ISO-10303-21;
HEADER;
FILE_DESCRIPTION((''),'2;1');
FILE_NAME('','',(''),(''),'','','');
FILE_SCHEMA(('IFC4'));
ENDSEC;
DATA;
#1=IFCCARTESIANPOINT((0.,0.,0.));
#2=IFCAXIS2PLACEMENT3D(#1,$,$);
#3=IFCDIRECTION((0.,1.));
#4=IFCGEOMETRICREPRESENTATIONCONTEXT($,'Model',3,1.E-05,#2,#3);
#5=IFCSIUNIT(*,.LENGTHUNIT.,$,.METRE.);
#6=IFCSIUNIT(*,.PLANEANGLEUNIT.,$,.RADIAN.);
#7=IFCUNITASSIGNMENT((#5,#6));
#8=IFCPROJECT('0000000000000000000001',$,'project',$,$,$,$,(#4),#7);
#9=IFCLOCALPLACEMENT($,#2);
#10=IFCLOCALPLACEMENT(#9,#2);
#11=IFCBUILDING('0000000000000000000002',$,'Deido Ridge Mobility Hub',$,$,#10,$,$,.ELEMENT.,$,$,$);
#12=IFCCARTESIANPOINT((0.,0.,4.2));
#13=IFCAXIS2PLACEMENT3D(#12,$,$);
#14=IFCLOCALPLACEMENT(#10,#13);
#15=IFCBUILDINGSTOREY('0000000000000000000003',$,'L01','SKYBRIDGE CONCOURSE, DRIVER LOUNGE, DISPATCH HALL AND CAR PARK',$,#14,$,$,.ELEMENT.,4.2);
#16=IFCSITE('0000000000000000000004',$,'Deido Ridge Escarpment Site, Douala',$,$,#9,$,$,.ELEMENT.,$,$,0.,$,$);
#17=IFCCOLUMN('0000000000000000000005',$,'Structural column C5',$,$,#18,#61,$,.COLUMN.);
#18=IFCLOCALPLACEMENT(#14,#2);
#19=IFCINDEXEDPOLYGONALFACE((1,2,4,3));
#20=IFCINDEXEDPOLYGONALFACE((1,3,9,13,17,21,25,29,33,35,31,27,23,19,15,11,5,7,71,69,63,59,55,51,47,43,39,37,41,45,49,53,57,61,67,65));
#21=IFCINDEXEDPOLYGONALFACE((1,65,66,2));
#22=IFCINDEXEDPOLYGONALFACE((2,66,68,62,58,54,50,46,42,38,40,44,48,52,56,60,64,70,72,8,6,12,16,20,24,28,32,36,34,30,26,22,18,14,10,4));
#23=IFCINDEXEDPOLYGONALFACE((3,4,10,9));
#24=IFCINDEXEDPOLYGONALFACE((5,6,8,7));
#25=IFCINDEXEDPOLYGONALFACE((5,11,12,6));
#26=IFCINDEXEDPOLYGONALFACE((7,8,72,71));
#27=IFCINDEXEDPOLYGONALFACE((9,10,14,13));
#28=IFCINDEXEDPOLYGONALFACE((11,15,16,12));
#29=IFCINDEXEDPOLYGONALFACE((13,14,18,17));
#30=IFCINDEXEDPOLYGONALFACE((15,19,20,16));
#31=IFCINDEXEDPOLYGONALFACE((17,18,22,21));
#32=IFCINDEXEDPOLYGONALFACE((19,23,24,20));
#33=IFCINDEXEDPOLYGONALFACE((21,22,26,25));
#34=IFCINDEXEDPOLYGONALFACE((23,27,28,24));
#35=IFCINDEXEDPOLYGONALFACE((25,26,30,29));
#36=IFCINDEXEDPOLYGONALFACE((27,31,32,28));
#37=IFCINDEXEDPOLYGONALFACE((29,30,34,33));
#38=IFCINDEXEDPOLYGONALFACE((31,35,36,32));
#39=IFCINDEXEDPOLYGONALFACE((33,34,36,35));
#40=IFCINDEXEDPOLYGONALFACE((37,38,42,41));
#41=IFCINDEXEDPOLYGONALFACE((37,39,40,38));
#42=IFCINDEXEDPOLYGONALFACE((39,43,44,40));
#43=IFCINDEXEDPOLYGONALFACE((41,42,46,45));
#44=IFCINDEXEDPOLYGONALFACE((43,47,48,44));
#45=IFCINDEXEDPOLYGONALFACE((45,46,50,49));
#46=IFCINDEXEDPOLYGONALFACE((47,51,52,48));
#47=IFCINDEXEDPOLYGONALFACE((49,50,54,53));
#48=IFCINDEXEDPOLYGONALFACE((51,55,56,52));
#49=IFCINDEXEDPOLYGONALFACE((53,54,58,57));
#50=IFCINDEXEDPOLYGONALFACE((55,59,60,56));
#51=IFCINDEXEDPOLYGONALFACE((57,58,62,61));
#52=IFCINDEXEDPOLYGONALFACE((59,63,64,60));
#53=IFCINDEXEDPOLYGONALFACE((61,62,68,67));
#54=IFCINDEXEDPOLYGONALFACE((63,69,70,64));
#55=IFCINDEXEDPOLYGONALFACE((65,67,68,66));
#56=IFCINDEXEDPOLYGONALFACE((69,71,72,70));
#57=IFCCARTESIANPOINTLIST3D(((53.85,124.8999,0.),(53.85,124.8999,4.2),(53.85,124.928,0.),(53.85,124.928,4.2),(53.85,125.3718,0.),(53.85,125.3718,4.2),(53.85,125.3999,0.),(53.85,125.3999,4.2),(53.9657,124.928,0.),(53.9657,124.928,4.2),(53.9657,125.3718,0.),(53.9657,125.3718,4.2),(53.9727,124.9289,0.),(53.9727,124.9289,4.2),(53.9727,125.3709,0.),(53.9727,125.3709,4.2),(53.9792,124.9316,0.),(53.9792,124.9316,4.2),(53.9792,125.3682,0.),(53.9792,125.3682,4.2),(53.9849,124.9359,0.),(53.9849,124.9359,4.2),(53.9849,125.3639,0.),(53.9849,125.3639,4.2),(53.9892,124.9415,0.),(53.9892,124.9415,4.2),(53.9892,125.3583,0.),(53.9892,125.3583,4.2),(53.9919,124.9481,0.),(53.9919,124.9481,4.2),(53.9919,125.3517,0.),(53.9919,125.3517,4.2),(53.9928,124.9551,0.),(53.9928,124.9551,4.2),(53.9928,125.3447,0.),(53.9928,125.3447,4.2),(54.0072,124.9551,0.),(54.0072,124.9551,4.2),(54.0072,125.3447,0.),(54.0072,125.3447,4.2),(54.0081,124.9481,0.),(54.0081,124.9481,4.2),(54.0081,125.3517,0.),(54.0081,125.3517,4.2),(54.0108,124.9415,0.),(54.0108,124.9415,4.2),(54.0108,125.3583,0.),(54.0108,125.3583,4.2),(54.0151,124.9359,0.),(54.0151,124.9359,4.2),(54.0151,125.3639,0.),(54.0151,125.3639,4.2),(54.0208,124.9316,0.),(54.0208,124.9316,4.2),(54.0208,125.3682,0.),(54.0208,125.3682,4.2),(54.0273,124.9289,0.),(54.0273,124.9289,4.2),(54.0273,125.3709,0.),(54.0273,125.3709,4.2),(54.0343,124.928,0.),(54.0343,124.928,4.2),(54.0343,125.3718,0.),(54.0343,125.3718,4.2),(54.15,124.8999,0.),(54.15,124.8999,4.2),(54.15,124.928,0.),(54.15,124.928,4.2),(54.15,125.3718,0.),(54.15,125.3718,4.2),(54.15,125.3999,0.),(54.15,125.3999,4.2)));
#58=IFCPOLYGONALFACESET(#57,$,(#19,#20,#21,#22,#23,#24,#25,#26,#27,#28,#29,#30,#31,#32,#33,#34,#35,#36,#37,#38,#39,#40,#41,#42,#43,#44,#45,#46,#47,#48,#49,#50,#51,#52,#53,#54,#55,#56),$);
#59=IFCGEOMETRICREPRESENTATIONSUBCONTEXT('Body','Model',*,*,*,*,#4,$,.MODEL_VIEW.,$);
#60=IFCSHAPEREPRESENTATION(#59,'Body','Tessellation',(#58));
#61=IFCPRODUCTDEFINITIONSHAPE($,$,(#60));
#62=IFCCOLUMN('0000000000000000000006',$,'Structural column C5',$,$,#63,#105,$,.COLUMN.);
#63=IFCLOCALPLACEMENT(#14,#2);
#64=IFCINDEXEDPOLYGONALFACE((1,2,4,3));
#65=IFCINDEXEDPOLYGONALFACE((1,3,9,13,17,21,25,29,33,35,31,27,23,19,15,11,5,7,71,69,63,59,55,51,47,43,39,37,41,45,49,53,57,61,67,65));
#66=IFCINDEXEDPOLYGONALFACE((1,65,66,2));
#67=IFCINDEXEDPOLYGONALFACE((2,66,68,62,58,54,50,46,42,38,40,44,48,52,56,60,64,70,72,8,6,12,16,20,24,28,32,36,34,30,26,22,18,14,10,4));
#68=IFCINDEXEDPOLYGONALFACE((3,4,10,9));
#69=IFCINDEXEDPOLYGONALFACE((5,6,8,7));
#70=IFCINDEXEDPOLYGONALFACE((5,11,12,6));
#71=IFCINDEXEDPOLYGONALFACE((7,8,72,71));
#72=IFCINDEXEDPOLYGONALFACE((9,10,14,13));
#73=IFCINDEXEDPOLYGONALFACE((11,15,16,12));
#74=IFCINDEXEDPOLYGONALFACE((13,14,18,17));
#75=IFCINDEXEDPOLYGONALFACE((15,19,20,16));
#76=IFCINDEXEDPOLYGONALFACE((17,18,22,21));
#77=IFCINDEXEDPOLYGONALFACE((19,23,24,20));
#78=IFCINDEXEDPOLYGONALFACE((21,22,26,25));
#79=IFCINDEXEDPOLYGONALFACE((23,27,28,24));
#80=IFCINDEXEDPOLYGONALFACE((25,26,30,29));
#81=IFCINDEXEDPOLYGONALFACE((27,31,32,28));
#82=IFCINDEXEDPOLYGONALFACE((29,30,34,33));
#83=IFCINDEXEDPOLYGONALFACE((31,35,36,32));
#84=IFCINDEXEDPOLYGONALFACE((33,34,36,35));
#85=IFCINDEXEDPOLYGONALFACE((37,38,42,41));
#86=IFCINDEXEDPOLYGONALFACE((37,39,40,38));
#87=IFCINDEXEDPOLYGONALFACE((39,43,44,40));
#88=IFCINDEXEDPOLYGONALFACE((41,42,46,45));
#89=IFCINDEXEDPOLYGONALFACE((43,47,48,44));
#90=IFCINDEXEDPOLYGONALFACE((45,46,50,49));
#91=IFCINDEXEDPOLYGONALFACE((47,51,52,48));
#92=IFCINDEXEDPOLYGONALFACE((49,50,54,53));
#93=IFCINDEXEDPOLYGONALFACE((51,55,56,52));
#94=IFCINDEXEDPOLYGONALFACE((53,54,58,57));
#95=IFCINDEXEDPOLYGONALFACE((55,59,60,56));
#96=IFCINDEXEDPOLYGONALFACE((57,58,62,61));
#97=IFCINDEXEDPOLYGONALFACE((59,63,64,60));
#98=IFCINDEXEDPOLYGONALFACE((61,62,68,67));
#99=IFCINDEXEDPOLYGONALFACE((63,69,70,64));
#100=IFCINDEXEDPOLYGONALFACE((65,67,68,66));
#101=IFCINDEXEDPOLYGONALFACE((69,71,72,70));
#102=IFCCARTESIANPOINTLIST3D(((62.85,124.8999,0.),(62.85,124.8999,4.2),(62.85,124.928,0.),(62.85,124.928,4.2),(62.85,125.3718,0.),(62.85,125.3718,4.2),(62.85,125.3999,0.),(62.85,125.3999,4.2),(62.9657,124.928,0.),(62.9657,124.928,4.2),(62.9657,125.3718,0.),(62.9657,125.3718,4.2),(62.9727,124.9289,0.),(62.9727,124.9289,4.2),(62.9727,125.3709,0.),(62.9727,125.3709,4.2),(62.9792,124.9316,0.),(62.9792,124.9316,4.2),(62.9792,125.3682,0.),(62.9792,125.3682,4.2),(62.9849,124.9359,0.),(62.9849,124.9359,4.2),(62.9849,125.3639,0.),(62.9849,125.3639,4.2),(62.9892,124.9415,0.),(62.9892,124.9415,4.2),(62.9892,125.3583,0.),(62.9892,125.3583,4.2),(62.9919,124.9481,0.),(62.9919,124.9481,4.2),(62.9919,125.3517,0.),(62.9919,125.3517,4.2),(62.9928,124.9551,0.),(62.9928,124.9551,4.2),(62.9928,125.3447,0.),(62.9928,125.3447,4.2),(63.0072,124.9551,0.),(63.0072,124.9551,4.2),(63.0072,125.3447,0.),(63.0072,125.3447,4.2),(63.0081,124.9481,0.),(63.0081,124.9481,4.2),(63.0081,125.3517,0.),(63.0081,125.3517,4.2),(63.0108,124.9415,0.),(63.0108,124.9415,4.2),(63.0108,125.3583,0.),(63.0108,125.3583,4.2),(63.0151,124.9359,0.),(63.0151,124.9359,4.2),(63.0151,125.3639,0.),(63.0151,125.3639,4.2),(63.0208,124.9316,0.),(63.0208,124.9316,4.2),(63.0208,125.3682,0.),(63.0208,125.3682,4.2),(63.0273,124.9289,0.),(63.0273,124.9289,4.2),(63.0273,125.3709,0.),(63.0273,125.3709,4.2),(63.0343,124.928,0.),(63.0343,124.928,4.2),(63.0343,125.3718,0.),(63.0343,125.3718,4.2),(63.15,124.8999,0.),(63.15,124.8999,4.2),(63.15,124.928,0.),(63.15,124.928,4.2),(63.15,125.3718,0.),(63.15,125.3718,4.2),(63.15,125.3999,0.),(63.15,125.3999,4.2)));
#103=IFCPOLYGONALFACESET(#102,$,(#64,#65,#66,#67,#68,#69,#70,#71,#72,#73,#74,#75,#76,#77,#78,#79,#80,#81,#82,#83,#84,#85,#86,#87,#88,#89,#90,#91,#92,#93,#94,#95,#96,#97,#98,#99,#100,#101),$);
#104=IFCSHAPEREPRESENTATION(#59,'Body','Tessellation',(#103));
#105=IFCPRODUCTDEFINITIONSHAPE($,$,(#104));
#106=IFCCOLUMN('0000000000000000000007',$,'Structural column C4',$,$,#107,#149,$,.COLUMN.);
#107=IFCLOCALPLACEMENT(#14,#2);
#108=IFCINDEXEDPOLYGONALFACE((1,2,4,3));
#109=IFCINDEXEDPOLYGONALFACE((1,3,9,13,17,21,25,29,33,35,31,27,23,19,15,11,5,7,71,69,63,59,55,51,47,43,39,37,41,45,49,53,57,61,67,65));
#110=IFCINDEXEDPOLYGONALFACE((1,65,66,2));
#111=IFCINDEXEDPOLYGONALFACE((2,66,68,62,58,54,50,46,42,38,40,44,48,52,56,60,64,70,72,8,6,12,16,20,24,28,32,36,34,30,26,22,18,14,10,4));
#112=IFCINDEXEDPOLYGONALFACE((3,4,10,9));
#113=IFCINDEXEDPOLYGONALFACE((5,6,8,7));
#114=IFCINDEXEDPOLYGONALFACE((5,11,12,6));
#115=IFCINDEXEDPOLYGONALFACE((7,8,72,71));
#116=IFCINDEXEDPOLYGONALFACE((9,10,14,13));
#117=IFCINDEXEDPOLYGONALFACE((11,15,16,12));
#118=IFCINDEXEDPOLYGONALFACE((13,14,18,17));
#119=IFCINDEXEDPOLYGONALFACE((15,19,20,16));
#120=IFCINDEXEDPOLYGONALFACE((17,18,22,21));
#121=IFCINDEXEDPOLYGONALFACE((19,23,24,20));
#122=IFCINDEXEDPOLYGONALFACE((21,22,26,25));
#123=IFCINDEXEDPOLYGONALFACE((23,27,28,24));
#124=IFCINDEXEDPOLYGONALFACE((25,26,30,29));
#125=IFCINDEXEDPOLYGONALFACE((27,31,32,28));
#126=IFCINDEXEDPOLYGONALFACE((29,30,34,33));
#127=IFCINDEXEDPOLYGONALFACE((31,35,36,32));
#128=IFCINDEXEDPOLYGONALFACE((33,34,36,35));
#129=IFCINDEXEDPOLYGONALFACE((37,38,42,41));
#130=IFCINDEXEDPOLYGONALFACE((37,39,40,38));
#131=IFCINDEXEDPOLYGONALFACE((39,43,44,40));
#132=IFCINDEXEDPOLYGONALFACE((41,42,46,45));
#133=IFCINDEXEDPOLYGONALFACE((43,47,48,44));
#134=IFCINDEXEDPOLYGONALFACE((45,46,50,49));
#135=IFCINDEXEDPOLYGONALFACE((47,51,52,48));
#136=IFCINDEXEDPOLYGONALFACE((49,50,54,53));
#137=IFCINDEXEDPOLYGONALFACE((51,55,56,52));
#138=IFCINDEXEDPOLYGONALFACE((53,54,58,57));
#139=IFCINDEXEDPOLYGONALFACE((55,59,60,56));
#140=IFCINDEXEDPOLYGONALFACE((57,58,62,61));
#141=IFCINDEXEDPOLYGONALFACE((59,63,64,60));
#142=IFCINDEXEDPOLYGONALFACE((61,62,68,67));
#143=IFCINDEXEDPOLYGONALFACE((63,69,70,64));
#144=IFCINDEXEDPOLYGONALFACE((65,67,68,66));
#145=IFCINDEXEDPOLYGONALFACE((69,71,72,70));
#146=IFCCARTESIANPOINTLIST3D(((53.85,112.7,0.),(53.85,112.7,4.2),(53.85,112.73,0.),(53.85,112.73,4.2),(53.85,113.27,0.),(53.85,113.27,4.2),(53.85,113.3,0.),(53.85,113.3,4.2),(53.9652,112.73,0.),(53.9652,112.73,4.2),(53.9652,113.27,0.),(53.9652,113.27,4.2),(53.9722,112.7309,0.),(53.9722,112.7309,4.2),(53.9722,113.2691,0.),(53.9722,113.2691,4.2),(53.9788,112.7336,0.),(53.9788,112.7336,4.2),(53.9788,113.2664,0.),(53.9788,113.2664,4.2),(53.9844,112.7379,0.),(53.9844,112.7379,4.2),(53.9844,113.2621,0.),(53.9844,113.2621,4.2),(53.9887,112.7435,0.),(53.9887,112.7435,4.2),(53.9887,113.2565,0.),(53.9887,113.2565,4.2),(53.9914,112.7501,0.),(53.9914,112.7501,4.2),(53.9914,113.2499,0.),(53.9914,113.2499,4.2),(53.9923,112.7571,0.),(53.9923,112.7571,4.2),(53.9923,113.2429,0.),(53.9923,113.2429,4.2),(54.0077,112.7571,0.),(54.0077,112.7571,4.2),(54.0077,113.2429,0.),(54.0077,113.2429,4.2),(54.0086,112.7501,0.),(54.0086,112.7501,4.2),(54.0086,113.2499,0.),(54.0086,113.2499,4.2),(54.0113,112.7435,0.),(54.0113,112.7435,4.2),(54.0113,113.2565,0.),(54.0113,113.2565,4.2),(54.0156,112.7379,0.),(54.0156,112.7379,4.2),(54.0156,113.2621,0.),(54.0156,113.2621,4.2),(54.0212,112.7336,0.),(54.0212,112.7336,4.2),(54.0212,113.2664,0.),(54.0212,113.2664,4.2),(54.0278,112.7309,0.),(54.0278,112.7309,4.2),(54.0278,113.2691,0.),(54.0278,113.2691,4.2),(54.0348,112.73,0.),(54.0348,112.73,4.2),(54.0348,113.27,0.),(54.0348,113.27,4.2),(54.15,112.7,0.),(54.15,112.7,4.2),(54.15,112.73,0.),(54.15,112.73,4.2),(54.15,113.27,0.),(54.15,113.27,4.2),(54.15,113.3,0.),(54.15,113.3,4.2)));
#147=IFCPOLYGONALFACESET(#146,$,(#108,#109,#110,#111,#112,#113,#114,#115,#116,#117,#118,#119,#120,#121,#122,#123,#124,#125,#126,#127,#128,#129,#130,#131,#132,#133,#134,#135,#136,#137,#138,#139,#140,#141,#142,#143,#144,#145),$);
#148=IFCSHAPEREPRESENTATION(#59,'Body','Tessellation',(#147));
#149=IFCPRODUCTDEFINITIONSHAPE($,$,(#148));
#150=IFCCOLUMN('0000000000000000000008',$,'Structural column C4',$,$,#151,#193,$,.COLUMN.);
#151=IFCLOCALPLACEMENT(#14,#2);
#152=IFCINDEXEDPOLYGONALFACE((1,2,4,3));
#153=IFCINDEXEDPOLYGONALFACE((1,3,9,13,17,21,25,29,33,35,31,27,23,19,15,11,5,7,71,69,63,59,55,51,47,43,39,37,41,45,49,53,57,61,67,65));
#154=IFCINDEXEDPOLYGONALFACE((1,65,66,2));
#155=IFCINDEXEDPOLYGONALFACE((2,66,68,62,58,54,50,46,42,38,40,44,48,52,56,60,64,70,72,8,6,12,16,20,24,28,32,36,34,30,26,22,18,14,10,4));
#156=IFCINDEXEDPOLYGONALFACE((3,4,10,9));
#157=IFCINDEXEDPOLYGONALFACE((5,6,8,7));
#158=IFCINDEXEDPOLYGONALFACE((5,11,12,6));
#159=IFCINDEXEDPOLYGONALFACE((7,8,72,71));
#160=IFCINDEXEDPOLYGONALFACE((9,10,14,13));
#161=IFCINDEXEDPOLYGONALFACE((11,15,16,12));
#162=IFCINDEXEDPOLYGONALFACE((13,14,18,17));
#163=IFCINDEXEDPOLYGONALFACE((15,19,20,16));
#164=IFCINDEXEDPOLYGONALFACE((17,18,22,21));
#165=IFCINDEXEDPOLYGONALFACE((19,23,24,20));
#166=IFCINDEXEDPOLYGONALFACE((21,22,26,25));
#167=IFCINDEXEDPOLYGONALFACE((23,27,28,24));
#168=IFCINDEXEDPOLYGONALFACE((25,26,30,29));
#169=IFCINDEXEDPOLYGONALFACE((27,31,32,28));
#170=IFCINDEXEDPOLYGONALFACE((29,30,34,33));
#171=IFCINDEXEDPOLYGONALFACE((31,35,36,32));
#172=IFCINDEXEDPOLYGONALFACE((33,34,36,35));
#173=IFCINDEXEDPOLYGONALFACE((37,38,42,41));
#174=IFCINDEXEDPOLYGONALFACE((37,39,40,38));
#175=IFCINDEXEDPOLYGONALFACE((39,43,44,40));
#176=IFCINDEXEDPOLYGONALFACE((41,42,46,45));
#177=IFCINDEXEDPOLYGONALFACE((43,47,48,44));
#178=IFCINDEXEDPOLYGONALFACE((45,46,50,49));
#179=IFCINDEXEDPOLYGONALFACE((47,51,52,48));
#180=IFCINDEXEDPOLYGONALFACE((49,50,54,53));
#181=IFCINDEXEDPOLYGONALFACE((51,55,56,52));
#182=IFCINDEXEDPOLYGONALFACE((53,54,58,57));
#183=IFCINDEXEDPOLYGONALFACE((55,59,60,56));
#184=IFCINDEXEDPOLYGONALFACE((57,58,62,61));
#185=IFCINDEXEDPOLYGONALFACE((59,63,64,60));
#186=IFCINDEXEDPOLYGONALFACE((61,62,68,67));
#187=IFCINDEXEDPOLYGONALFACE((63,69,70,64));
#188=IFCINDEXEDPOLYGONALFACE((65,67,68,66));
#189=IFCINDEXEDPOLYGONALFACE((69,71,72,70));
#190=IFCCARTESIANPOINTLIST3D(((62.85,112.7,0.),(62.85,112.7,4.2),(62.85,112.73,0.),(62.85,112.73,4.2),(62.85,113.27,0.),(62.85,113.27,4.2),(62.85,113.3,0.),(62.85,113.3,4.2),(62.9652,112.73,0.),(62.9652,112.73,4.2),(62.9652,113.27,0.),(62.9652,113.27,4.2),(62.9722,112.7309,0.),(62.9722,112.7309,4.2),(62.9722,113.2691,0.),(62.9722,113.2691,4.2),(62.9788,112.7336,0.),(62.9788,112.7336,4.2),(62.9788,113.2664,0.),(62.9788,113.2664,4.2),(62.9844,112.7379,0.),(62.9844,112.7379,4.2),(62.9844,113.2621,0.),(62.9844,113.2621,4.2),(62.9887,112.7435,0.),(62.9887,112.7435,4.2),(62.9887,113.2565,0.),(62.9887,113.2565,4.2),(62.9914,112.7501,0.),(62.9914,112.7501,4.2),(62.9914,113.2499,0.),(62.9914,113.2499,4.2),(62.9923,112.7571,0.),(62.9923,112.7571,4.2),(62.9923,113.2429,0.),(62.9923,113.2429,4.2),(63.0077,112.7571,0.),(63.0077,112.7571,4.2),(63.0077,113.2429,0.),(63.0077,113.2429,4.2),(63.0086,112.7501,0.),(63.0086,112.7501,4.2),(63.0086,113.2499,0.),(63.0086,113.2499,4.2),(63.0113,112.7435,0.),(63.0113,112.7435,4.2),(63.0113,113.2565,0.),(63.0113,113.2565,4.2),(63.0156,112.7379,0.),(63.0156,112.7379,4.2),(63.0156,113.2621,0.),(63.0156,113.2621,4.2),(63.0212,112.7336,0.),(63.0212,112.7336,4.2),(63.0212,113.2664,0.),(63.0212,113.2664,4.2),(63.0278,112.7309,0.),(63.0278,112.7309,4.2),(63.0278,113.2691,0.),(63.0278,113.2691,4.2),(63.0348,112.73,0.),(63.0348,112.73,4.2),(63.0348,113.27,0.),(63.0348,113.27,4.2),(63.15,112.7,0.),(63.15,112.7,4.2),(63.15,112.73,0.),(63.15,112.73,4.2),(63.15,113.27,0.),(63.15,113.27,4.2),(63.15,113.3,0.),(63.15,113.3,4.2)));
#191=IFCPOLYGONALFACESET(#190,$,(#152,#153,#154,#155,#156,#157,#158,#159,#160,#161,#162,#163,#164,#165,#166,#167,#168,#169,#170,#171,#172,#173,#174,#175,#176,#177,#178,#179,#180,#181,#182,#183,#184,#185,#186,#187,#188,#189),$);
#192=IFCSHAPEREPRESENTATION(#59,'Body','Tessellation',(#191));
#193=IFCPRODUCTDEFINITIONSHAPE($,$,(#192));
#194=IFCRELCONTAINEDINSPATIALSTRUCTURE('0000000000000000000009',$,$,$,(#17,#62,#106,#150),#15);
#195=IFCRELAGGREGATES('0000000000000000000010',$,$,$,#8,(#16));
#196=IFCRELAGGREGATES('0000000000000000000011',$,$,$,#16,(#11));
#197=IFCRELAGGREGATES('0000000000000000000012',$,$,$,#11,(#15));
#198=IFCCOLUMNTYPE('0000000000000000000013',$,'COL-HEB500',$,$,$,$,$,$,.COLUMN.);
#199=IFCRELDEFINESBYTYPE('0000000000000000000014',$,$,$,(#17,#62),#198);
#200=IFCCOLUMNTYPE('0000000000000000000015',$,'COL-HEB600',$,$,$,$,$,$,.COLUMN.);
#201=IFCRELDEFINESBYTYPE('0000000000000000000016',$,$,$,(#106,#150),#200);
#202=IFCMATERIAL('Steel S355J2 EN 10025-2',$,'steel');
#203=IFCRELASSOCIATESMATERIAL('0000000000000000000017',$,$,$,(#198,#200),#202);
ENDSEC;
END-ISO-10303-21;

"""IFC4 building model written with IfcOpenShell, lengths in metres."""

from ifc_helpers import new_model, si_unit, direction, frame, origin, origin_2d, place, context, subcontext, project, spatial, i_section, extrude, material, material_profile, profile_set, type_object, element, save


model = new_model("IFC4")

# Units and contexts
model_context = context("Model", 3, precision=1e-05, world=origin(), true_north=direction((0.0, 1.0)))
body_context = subcontext(model_context, "Body", "Model", "MODEL_VIEW")
ifc_project = project(units=[si_unit("LENGTHUNIT", "METRE"), si_unit("PLANEANGLEUNIT", "RADIAN")], contexts=[model_context])

# Site, building, storey
site_placement = place(None, origin())
site = spatial("IfcSite", under=ifc_project, at=site_placement, Name="Deido Ridge Escarpment Site, Douala", CompositionType="ELEMENT", RefElevation=0.0)
building_placement = place(site_placement, origin())
building = spatial("IfcBuilding", under=site, at=building_placement, Name="Deido Ridge Mobility Hub", CompositionType="ELEMENT")
storey_placement = place(building_placement, frame((0.0, 0.0, 4.2)))
storey = spatial("IfcBuildingStorey", under=building, at=storey_placement, Name="L01", Description="SKYBRIDGE CONCOURSE, DRIVER LOUNGE, DISPATCH HALL AND CAR PARK", CompositionType="ELEMENT", Elevation=4.2)

# Columns
ifc_material_1 = material(Name="Steel S355J2 EN 10025-2", Category="steel")
ifc_material_profile_1 = material_profile(ifc_material_1, i_section(OverallWidth=0.3, OverallDepth=0.5, WebThickness=0.0144, FlangeThickness=0.0281, FilletRadius=0.0271, at=origin_2d()), Name="HEB 500")
ifc_profile_set_1 = profile_set([ifc_material_profile_1], Name="Steel S355J2 EN 10025-2")
column_type_1 = type_object("IfcColumnType", Name="COL-HEB500", PredefinedType="COLUMN", material=ifc_profile_set_1)
for number, where, z_axis, x_axis, name in (
    (1, (54.0, 125.1499, 0.0), (0.0, 0.0, 1.0), (1.0, 0.0, 0.0), "Structural column C5"),
    (2, (63.0, 125.1499, 0.0), (0.0, 0.0, 1.0), (1.0, 0.0, 0.0), "Structural column C5"),
):
    element("IfcColumn", number, at=place(storey_placement, frame(where, z_axis=z_axis, x_axis=x_axis)), inside=storey, type_object=column_type_1, Name=name, PredefinedType="COLUMN", context=body_context, shape_type="SweptSolid", body=[
        extrude(i_section(OverallWidth=0.3, OverallDepth=0.5, WebThickness=0.0144, FlangeThickness=0.0281, FilletRadius=0.0271, at=origin_2d()), origin(), (0.0, 0.0, 1.0), 4.2),
    ])
ifc_material_profile_2 = material_profile(ifc_material_1, i_section(OverallWidth=0.3, OverallDepth=0.6001, WebThickness=0.0154, FlangeThickness=0.03, FilletRadius=0.0271, at=origin_2d()), Name="HEB 600")
ifc_profile_set_2 = profile_set([ifc_material_profile_2], Name="Steel S355J2 EN 10025-2")
column_type_2 = type_object("IfcColumnType", Name="COL-HEB600", PredefinedType="COLUMN", material=ifc_profile_set_2)
for number, where, z_axis, x_axis, name in (
    (3, (54.0, 113.0, 0.0), (0.0, 0.0, 1.0), (1.0, 0.0, 0.0), "Structural column C4"),
    (4, (63.0, 113.0, 0.0), (0.0, 0.0, 1.0), (1.0, 0.0, 0.0), "Structural column C4"),
):
    element("IfcColumn", number, at=place(storey_placement, frame(where, z_axis=z_axis, x_axis=x_axis)), inside=storey, type_object=column_type_2, Name=name, PredefinedType="COLUMN", context=body_context, shape_type="SweptSolid", body=[
        extrude(i_section(OverallWidth=0.3, OverallDepth=0.6001, WebThickness=0.0154, FlangeThickness=0.03, FilletRadius=0.0271, at=origin_2d()), origin(), (0.0, 0.0, 1.0), 4.2),
    ])

save(model, "model.ifc")
